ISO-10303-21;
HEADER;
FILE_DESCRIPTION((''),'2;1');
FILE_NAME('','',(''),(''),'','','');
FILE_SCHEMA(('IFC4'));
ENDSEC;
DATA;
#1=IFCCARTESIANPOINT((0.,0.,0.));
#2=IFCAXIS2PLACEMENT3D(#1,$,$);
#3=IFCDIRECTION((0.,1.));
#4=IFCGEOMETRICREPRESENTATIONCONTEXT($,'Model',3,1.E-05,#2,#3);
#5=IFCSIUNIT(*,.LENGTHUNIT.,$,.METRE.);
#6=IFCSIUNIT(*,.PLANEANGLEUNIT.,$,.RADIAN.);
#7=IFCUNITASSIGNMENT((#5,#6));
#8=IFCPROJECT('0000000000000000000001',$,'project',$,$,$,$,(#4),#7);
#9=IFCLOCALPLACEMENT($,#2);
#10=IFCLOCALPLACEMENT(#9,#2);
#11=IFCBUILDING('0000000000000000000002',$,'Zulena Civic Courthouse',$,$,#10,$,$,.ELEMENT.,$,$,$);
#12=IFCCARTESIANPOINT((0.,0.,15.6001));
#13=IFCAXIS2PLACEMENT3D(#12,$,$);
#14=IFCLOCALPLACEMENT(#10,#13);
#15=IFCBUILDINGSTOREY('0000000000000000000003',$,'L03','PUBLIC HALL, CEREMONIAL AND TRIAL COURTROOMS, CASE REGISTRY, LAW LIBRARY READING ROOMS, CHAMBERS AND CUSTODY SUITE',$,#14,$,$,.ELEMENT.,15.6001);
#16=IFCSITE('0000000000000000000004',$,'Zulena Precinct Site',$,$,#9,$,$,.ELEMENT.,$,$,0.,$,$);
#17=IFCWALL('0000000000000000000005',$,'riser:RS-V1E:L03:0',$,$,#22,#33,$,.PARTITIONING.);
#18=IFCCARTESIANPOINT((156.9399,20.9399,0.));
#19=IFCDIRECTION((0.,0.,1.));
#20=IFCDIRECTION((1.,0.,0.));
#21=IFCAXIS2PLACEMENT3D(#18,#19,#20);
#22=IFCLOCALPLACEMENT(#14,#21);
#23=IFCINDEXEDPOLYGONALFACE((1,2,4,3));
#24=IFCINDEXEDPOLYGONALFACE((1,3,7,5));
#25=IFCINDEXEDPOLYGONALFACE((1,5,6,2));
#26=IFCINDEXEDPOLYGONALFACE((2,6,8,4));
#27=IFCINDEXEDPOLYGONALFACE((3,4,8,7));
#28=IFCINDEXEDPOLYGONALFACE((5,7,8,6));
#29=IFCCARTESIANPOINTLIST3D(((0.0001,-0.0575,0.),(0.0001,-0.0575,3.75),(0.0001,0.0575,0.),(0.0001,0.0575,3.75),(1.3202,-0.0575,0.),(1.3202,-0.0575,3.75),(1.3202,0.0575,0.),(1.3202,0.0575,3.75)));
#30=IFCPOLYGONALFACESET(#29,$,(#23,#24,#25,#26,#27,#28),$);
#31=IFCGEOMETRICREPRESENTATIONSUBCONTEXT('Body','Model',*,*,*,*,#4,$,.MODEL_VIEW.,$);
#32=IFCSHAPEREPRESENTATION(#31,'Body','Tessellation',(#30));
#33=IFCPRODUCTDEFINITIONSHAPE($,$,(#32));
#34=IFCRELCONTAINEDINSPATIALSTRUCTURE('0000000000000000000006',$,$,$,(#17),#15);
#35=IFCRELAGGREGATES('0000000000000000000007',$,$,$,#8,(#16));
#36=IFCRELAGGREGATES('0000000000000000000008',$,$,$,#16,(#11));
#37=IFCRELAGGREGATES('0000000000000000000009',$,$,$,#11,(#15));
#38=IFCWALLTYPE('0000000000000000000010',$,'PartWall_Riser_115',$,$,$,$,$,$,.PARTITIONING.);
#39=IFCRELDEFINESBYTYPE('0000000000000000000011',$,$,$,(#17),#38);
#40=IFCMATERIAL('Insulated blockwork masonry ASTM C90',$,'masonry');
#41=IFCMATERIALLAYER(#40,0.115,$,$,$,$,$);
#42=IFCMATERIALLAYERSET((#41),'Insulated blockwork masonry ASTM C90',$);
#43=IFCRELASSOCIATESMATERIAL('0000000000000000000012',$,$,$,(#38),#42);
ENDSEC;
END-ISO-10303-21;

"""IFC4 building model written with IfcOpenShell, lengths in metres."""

from ifc_helpers import new_model, si_unit, direction, frame, frame_2d, origin, place, context, subcontext, project, spatial, rectangle, extrude, material, layer, layer_set, type_object, element, save


model = new_model("IFC4")

# Units and contexts
model_context = context("Model", 3, precision=1e-05, world=origin(), true_north=direction((0.0, 1.0)))
body_context = subcontext(model_context, "Body", "Model", "MODEL_VIEW")
ifc_project = project(units=[si_unit("LENGTHUNIT", "METRE"), si_unit("PLANEANGLEUNIT", "RADIAN")], contexts=[model_context])

# Site, building, storey
site_placement = place(None, origin())
site = spatial("IfcSite", under=ifc_project, at=site_placement, Name="Zulena Precinct Site", CompositionType="ELEMENT", RefElevation=0.0)
building_placement = place(site_placement, origin())
building = spatial("IfcBuilding", under=site, at=building_placement, Name="Zulena Civic Courthouse", CompositionType="ELEMENT")
storey_placement = place(building_placement, frame((0.0, 0.0, 15.6001)))
storey = spatial("IfcBuildingStorey", under=building, at=storey_placement, Name="L03", Description="PUBLIC HALL, CEREMONIAL AND TRIAL COURTROOMS, CASE REGISTRY, LAW LIBRARY READING ROOMS, CHAMBERS AND CUSTODY SUITE", CompositionType="ELEMENT", Elevation=15.6001)

# Wall
ifc_material_1 = material(Name="Insulated blockwork masonry ASTM C90", Category="masonry")
ifc_layer_1 = layer(ifc_material_1, 0.115)
ifc_layer_set_1 = layer_set([ifc_layer_1], Name="Insulated blockwork masonry ASTM C90")
wall_type_1 = type_object("IfcWallType", Name="PartWall_Riser_115", PredefinedType="PARTITIONING", material=ifc_layer_set_1)
for number, where, z_axis, x_axis, name in (
    (1, (156.9399, 20.9399, 0.0), (0.0, 0.0, 1.0), (1.0, 0.0, 0.0), "riser:RS-V1E:L03:0"),
):
    element("IfcWall", number, at=place(storey_placement, frame(where, z_axis=z_axis, x_axis=x_axis)), inside=storey, type_object=wall_type_1, Name=name, PredefinedType="PARTITIONING", context=body_context, shape_type="SweptSolid", body=[
        extrude(rectangle(XDim=1.3201, YDim=0.115, at=frame_2d((0.6602, 0.0))), origin(), (0.0, 0.0, 1.0), 3.75),
    ])

save(model, "model.ifc")
